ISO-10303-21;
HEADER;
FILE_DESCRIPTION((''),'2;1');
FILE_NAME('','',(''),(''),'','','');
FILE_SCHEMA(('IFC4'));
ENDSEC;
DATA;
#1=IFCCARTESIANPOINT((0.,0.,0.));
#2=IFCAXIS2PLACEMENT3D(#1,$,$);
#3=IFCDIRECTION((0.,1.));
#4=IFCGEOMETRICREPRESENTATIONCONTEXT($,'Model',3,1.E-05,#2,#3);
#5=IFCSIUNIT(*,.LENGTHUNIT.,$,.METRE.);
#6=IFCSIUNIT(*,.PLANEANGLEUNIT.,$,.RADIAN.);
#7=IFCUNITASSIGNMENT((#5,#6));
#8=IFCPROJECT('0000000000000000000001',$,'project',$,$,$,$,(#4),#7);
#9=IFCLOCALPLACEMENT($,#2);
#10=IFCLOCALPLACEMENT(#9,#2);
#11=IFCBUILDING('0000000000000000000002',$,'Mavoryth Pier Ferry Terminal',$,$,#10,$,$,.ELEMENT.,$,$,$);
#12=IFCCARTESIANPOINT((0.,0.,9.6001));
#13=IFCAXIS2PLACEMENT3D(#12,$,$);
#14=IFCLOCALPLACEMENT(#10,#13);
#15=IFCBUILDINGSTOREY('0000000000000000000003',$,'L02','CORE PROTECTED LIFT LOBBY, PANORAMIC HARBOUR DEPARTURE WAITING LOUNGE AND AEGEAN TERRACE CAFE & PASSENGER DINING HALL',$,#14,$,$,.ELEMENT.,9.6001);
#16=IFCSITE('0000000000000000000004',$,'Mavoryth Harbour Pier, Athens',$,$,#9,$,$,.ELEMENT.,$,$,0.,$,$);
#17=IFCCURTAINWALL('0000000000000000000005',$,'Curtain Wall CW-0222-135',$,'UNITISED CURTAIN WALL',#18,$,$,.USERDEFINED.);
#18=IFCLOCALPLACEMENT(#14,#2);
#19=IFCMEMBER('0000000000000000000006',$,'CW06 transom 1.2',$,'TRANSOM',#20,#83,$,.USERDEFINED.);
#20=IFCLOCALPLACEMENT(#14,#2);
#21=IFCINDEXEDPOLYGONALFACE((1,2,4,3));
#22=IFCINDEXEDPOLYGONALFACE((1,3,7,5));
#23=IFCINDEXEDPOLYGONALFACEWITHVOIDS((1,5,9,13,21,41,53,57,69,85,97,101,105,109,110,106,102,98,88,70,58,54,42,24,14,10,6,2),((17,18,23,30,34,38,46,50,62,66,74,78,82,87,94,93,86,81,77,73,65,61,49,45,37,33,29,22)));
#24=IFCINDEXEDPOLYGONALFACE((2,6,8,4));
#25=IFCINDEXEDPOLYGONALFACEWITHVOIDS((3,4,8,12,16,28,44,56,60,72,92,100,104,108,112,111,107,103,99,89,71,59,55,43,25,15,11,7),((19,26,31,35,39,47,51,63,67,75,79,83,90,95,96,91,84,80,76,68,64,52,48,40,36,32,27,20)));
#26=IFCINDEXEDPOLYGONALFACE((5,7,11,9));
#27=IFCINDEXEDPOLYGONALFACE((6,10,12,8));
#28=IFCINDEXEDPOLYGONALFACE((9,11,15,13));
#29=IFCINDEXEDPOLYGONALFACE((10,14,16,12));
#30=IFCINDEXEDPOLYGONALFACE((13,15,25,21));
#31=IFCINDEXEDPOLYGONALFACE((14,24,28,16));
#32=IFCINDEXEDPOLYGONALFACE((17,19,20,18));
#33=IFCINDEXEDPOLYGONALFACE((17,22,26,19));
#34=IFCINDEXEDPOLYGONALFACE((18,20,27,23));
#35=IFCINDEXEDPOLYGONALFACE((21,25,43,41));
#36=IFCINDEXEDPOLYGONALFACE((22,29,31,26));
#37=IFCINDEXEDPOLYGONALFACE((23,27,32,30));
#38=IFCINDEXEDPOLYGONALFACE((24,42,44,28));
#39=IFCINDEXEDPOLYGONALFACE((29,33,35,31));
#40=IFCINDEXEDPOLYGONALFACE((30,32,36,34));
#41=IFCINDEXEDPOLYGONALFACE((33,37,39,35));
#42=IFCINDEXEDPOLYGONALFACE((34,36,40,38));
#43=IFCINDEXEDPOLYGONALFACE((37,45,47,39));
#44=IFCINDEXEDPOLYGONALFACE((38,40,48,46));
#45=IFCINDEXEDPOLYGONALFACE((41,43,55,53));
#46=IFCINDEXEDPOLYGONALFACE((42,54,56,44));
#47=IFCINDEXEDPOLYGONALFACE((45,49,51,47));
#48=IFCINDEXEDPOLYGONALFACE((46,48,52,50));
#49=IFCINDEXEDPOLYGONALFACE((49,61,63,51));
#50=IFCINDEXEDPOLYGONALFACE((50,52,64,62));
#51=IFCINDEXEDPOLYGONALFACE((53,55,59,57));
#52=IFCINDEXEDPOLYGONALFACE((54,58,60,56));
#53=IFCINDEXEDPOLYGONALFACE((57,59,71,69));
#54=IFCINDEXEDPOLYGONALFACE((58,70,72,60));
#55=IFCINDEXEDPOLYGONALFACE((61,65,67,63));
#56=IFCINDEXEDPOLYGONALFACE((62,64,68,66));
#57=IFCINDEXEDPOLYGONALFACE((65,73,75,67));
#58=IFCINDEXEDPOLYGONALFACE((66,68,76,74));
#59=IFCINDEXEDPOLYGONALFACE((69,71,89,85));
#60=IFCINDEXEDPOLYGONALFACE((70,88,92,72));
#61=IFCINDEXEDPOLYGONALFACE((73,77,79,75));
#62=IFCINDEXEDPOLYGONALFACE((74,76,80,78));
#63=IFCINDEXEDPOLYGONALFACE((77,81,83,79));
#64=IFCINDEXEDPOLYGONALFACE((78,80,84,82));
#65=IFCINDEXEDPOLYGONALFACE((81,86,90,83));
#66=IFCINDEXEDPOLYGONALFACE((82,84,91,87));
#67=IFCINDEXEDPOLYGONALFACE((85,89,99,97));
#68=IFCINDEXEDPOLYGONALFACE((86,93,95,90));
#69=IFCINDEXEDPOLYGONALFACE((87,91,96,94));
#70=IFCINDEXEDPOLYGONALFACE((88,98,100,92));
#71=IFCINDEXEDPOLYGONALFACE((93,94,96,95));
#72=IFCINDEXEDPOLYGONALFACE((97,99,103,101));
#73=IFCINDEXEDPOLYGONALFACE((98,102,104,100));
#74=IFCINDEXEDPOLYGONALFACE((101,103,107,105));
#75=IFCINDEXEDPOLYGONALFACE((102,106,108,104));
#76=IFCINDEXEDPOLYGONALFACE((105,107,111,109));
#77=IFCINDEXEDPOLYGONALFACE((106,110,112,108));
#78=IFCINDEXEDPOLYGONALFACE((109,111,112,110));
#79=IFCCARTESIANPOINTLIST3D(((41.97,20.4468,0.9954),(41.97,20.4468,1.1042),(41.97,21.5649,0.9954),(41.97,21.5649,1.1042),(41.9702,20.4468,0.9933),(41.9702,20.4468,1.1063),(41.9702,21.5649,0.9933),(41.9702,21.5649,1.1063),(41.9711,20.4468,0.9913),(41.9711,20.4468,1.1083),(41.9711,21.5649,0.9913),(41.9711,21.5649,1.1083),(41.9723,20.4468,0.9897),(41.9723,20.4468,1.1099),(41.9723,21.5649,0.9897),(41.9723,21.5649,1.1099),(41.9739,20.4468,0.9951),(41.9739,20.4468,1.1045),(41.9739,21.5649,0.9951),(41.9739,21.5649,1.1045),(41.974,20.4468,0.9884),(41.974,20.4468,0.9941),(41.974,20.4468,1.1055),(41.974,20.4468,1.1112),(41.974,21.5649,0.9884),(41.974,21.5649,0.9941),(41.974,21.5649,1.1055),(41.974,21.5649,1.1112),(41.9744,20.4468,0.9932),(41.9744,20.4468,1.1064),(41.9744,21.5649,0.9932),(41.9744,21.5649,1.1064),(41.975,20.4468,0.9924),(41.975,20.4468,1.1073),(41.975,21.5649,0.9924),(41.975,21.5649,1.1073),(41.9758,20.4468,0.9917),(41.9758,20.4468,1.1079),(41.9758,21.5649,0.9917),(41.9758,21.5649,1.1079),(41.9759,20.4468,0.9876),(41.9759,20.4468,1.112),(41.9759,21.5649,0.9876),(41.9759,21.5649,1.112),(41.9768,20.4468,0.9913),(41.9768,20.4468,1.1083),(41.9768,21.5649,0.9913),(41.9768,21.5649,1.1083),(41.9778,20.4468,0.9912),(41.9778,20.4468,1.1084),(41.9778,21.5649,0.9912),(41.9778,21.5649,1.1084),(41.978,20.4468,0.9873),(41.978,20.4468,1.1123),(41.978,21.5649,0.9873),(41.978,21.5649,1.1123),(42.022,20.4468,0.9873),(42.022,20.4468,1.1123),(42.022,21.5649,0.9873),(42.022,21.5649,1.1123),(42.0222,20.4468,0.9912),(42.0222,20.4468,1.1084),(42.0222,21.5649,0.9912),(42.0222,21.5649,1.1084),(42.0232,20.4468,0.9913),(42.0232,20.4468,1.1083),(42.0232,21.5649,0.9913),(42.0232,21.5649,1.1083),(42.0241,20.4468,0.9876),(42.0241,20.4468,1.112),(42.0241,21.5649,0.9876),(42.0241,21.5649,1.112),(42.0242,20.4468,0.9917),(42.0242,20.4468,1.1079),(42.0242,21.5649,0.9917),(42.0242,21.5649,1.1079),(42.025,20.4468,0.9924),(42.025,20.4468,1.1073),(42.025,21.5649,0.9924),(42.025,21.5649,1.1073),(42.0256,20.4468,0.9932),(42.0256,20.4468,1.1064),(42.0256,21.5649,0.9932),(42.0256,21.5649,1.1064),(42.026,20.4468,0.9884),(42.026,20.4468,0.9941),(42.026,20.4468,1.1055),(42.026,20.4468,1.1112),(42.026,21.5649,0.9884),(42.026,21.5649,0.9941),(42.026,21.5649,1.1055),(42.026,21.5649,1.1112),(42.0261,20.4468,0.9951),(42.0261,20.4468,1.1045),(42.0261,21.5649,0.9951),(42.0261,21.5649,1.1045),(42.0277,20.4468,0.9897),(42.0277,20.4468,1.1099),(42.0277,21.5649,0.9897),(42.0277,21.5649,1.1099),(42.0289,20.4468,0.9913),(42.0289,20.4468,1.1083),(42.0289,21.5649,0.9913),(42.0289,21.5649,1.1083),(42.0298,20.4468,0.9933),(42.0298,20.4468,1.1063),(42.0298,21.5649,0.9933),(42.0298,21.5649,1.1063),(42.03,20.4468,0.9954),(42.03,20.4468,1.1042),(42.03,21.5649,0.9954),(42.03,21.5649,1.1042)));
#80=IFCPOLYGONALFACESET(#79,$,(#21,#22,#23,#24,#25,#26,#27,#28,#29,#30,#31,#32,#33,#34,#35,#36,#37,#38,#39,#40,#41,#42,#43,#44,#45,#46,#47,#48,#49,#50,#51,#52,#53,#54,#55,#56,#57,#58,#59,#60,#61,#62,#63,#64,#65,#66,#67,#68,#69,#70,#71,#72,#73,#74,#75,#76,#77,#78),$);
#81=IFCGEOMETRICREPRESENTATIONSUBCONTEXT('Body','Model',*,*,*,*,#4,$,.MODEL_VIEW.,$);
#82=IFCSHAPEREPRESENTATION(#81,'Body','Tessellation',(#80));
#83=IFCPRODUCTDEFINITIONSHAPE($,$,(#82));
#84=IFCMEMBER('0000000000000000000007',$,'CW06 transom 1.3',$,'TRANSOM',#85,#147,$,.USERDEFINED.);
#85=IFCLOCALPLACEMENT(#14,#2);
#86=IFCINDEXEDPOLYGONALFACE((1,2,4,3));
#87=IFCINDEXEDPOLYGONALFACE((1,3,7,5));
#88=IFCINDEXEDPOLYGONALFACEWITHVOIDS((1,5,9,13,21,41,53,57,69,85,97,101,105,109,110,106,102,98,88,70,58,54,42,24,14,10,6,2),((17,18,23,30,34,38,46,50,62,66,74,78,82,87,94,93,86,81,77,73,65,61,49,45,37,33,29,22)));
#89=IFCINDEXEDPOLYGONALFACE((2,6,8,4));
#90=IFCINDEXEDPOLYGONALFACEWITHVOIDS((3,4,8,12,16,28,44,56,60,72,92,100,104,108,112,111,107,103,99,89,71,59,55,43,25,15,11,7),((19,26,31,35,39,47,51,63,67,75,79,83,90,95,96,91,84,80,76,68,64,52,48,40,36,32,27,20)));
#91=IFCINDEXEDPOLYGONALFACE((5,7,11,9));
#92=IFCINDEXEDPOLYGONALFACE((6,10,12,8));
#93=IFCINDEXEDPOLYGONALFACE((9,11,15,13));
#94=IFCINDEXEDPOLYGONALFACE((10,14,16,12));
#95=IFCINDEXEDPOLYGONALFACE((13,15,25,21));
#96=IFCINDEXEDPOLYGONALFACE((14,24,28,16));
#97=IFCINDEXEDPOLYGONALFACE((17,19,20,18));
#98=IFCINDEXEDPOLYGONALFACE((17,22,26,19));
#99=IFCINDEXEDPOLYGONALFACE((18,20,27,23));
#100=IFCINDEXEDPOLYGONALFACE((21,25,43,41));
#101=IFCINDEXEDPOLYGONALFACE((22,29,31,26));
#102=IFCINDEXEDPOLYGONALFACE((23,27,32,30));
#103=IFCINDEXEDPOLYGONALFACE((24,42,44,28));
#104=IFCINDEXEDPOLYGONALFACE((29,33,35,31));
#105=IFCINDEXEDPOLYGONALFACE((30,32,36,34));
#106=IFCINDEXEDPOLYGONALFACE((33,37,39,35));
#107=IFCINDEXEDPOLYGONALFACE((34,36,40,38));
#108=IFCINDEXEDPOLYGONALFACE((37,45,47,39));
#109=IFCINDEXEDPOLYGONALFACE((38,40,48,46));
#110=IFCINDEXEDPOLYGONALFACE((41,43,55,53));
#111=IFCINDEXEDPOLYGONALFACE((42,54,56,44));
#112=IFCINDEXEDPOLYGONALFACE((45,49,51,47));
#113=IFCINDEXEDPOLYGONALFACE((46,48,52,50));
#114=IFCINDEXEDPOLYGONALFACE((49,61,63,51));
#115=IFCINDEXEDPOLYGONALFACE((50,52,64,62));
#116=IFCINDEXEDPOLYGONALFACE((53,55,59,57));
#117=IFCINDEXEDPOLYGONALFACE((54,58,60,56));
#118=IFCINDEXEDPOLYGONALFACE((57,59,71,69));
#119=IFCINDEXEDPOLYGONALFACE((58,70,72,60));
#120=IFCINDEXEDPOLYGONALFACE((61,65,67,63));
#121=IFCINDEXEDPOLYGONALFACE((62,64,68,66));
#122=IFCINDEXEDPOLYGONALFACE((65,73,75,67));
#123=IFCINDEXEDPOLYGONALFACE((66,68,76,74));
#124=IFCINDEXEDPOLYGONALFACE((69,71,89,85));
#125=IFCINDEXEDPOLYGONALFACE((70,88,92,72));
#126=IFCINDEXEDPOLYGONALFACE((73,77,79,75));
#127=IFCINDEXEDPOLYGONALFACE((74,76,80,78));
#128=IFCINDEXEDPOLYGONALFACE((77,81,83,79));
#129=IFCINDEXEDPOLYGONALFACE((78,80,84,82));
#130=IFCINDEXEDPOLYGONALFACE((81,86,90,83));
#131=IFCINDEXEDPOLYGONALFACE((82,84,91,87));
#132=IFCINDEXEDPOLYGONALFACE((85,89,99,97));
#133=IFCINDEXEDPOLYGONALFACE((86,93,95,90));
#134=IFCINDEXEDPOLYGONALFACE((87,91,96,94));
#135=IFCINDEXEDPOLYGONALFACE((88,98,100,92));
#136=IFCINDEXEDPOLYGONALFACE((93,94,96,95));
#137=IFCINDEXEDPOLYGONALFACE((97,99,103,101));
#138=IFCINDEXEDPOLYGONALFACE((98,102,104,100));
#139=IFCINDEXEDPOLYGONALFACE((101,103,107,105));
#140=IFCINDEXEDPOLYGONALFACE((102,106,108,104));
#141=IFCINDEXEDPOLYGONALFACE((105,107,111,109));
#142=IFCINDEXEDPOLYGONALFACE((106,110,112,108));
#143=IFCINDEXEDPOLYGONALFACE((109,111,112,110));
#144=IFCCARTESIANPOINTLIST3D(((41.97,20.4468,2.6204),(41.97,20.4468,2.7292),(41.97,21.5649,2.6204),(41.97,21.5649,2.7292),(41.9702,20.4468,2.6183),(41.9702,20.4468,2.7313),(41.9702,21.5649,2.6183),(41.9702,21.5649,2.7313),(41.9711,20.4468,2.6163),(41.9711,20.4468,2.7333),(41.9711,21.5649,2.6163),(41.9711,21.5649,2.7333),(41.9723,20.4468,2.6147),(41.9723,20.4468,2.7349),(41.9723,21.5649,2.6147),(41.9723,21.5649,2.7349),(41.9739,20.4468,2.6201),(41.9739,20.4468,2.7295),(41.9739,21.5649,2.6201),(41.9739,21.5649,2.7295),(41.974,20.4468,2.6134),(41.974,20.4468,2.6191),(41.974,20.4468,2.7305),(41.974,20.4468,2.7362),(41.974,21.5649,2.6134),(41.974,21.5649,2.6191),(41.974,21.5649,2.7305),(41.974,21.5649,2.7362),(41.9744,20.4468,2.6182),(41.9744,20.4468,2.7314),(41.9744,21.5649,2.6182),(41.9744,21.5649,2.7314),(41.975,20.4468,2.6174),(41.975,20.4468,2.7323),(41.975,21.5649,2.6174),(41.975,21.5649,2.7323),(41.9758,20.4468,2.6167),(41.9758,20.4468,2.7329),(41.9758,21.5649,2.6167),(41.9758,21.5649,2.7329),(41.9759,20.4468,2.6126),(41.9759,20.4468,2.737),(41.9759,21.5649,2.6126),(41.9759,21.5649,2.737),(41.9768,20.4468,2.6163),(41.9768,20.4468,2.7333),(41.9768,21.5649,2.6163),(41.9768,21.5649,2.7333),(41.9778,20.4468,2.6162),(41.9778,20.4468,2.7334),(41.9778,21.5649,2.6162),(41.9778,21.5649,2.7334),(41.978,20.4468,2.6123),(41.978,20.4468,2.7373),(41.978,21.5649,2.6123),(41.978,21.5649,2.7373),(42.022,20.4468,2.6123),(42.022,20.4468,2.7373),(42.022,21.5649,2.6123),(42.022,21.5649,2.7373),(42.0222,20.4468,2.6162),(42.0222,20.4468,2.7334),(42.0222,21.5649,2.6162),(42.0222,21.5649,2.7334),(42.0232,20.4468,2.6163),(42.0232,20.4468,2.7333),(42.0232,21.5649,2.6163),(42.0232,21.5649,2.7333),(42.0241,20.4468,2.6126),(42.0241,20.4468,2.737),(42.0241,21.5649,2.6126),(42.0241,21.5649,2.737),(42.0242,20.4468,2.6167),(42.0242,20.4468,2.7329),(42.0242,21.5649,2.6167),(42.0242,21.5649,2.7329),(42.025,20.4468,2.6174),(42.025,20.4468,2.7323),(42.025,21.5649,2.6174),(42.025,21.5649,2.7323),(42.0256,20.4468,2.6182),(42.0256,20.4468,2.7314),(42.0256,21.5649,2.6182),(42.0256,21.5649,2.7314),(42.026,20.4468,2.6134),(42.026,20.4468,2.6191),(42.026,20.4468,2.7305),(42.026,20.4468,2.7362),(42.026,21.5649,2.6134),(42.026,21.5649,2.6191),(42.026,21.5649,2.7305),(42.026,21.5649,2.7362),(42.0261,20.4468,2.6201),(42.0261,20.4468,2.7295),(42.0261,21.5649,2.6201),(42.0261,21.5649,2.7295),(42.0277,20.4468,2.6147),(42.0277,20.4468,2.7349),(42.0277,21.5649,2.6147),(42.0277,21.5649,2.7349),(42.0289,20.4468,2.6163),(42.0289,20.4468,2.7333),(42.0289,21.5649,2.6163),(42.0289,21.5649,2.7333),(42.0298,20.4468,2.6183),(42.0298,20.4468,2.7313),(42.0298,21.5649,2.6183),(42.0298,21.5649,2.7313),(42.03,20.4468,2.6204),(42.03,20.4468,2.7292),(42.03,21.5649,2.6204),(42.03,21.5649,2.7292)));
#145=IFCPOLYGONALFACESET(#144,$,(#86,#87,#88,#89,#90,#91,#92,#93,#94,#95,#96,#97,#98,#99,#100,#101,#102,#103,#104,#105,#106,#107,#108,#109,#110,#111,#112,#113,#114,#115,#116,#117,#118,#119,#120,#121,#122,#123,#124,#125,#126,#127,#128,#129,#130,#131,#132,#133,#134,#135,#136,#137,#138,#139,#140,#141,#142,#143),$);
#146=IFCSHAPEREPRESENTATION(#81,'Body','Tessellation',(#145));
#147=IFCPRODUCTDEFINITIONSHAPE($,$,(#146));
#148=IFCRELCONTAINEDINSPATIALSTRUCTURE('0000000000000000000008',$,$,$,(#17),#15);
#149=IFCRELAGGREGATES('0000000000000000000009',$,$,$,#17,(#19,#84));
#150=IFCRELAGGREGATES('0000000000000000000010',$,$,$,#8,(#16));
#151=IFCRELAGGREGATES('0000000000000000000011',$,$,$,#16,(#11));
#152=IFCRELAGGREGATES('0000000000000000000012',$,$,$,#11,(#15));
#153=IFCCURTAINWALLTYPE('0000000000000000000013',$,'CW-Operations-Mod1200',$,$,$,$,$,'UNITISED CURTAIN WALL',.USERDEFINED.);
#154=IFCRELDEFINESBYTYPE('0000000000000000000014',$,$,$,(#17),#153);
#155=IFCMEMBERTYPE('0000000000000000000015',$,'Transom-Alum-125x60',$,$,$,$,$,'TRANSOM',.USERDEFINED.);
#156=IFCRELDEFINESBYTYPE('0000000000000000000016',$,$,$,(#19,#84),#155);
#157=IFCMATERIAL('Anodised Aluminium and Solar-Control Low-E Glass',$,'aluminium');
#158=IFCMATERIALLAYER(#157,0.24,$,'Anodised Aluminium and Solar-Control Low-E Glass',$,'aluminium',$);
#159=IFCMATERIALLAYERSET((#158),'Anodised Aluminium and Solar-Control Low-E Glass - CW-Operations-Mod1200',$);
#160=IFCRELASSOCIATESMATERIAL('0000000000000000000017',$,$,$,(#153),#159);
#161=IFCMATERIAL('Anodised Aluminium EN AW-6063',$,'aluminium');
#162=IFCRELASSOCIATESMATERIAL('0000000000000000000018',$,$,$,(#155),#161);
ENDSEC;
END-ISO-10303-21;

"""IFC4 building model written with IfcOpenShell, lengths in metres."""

from ifc_helpers import new_model, si_unit, direction, frame, origin, origin_2d, place, context, subcontext, project, spatial, hollow_rectangle, extrude, material, layer, layer_set, material_profile, profile_set, type_object, element, aggregate, save


model = new_model("IFC4")

# Units and contexts
model_context = context("Model", 3, precision=1e-05, world=origin(), true_north=direction((0.0, 1.0)))
body_context = subcontext(model_context, "Body", "Model", "MODEL_VIEW")
ifc_project = project(units=[si_unit("LENGTHUNIT", "METRE"), si_unit("PLANEANGLEUNIT", "RADIAN")], contexts=[model_context])

# Site, building, storey
site_placement = place(None, origin())
site = spatial("IfcSite", under=ifc_project, at=site_placement, Name="Mavoryth Harbour Pier, Athens", CompositionType="ELEMENT", RefElevation=0.0)
building_placement = place(site_placement, origin())
building = spatial("IfcBuilding", under=site, at=building_placement, Name="Mavoryth Pier Ferry Terminal", CompositionType="ELEMENT")
storey_placement = place(building_placement, frame((0.0, 0.0, 9.6001)))
storey = spatial("IfcBuildingStorey", under=building, at=storey_placement, Name="L02", Description="CORE PROTECTED LIFT LOBBY, PANORAMIC HARBOUR DEPARTURE WAITING LOUNGE AND AEGEAN TERRACE CAFE & PASSENGER DINING HALL", CompositionType="ELEMENT", Elevation=9.6001)

# Curtain wall
ifc_material_1 = material(Name="Anodised Aluminium and Solar-Control Low-E Glass", Category="aluminium")
ifc_layer_1 = layer(ifc_material_1, 0.24, Name="Anodised Aluminium and Solar-Control Low-E Glass", Category="aluminium")
ifc_layer_set_1 = layer_set([ifc_layer_1], Name="Anodised Aluminium and Solar-Control Low-E Glass - CW-Operations-Mod1200")
curtain_wall_type = type_object("IfcCurtainWallType", Name="CW-Operations-Mod1200", ElementType="UNITISED CURTAIN WALL", PredefinedType="USERDEFINED", material=ifc_layer_set_1)
curtain_wall_placement = place(storey_placement, origin())
curtain_wall = element("IfcCurtainWall", 1, at=curtain_wall_placement, inside=storey, type_object=curtain_wall_type, Name="Curtain Wall CW-0222-135", ObjectType="UNITISED CURTAIN WALL", PredefinedType="USERDEFINED")
ifc_material_2 = material(Name="Anodised Aluminium EN AW-6063", Category="aluminium")

# Members
ifc_material_profile_1 = material_profile(ifc_material_2, hollow_rectangle(XDim=0.0601, YDim=0.125, WallThickness=0.0039, InnerFilletRadius=0.0039, OuterFilletRadius=0.0081, at=origin_2d()), Name="AL-TRAN 125x60x4", Category="aluminium")
ifc_profile_set_1 = profile_set([ifc_material_profile_1], Name="Anodised Aluminium EN AW-6063 - AL-TRAN 125x60x4")
member_type_1 = type_object("IfcMemberType", Name="Transom-Alum-125x60", ElementType="TRANSOM", PredefinedType="USERDEFINED", material=ifc_profile_set_1)
member_1_placement = place(storey_placement, frame((42.0, 21.5649, 1.0498), z_axis=(0.0, -1.0, 0.0), x_axis=(1.0, 0.0, 0.0)))
member_1 = element("IfcMember", 2, at=member_1_placement, type_object=member_type_1, Name="CW06 transom 1.2", ObjectType="TRANSOM", PredefinedType="USERDEFINED", context=body_context, shape_type="SweptSolid", body=[
    extrude(hollow_rectangle(XDim=0.0601, YDim=0.125, WallThickness=0.0039, InnerFilletRadius=0.0039, OuterFilletRadius=0.0081, at=origin_2d()), origin(), (0.0, 0.0, 1.0), 1.1182),
])
member_2_placement = place(storey_placement, frame((42.0, 21.5649, 2.6748), z_axis=(0.0, -1.0, 0.0), x_axis=(1.0, 0.0, 0.0)))
member_2 = element("IfcMember", 3, at=member_2_placement, type_object=member_type_1, Name="CW06 transom 1.3", ObjectType="TRANSOM", PredefinedType="USERDEFINED", context=body_context, shape_type="SweptSolid", body=[
    extrude(hollow_rectangle(XDim=0.0601, YDim=0.125, WallThickness=0.0039, InnerFilletRadius=0.0039, OuterFilletRadius=0.0081, at=origin_2d()), origin(), (0.0, 0.0, 1.0), 1.1182),
])

aggregate(curtain_wall, [member_1, member_2])

save(model, "model.ifc")
